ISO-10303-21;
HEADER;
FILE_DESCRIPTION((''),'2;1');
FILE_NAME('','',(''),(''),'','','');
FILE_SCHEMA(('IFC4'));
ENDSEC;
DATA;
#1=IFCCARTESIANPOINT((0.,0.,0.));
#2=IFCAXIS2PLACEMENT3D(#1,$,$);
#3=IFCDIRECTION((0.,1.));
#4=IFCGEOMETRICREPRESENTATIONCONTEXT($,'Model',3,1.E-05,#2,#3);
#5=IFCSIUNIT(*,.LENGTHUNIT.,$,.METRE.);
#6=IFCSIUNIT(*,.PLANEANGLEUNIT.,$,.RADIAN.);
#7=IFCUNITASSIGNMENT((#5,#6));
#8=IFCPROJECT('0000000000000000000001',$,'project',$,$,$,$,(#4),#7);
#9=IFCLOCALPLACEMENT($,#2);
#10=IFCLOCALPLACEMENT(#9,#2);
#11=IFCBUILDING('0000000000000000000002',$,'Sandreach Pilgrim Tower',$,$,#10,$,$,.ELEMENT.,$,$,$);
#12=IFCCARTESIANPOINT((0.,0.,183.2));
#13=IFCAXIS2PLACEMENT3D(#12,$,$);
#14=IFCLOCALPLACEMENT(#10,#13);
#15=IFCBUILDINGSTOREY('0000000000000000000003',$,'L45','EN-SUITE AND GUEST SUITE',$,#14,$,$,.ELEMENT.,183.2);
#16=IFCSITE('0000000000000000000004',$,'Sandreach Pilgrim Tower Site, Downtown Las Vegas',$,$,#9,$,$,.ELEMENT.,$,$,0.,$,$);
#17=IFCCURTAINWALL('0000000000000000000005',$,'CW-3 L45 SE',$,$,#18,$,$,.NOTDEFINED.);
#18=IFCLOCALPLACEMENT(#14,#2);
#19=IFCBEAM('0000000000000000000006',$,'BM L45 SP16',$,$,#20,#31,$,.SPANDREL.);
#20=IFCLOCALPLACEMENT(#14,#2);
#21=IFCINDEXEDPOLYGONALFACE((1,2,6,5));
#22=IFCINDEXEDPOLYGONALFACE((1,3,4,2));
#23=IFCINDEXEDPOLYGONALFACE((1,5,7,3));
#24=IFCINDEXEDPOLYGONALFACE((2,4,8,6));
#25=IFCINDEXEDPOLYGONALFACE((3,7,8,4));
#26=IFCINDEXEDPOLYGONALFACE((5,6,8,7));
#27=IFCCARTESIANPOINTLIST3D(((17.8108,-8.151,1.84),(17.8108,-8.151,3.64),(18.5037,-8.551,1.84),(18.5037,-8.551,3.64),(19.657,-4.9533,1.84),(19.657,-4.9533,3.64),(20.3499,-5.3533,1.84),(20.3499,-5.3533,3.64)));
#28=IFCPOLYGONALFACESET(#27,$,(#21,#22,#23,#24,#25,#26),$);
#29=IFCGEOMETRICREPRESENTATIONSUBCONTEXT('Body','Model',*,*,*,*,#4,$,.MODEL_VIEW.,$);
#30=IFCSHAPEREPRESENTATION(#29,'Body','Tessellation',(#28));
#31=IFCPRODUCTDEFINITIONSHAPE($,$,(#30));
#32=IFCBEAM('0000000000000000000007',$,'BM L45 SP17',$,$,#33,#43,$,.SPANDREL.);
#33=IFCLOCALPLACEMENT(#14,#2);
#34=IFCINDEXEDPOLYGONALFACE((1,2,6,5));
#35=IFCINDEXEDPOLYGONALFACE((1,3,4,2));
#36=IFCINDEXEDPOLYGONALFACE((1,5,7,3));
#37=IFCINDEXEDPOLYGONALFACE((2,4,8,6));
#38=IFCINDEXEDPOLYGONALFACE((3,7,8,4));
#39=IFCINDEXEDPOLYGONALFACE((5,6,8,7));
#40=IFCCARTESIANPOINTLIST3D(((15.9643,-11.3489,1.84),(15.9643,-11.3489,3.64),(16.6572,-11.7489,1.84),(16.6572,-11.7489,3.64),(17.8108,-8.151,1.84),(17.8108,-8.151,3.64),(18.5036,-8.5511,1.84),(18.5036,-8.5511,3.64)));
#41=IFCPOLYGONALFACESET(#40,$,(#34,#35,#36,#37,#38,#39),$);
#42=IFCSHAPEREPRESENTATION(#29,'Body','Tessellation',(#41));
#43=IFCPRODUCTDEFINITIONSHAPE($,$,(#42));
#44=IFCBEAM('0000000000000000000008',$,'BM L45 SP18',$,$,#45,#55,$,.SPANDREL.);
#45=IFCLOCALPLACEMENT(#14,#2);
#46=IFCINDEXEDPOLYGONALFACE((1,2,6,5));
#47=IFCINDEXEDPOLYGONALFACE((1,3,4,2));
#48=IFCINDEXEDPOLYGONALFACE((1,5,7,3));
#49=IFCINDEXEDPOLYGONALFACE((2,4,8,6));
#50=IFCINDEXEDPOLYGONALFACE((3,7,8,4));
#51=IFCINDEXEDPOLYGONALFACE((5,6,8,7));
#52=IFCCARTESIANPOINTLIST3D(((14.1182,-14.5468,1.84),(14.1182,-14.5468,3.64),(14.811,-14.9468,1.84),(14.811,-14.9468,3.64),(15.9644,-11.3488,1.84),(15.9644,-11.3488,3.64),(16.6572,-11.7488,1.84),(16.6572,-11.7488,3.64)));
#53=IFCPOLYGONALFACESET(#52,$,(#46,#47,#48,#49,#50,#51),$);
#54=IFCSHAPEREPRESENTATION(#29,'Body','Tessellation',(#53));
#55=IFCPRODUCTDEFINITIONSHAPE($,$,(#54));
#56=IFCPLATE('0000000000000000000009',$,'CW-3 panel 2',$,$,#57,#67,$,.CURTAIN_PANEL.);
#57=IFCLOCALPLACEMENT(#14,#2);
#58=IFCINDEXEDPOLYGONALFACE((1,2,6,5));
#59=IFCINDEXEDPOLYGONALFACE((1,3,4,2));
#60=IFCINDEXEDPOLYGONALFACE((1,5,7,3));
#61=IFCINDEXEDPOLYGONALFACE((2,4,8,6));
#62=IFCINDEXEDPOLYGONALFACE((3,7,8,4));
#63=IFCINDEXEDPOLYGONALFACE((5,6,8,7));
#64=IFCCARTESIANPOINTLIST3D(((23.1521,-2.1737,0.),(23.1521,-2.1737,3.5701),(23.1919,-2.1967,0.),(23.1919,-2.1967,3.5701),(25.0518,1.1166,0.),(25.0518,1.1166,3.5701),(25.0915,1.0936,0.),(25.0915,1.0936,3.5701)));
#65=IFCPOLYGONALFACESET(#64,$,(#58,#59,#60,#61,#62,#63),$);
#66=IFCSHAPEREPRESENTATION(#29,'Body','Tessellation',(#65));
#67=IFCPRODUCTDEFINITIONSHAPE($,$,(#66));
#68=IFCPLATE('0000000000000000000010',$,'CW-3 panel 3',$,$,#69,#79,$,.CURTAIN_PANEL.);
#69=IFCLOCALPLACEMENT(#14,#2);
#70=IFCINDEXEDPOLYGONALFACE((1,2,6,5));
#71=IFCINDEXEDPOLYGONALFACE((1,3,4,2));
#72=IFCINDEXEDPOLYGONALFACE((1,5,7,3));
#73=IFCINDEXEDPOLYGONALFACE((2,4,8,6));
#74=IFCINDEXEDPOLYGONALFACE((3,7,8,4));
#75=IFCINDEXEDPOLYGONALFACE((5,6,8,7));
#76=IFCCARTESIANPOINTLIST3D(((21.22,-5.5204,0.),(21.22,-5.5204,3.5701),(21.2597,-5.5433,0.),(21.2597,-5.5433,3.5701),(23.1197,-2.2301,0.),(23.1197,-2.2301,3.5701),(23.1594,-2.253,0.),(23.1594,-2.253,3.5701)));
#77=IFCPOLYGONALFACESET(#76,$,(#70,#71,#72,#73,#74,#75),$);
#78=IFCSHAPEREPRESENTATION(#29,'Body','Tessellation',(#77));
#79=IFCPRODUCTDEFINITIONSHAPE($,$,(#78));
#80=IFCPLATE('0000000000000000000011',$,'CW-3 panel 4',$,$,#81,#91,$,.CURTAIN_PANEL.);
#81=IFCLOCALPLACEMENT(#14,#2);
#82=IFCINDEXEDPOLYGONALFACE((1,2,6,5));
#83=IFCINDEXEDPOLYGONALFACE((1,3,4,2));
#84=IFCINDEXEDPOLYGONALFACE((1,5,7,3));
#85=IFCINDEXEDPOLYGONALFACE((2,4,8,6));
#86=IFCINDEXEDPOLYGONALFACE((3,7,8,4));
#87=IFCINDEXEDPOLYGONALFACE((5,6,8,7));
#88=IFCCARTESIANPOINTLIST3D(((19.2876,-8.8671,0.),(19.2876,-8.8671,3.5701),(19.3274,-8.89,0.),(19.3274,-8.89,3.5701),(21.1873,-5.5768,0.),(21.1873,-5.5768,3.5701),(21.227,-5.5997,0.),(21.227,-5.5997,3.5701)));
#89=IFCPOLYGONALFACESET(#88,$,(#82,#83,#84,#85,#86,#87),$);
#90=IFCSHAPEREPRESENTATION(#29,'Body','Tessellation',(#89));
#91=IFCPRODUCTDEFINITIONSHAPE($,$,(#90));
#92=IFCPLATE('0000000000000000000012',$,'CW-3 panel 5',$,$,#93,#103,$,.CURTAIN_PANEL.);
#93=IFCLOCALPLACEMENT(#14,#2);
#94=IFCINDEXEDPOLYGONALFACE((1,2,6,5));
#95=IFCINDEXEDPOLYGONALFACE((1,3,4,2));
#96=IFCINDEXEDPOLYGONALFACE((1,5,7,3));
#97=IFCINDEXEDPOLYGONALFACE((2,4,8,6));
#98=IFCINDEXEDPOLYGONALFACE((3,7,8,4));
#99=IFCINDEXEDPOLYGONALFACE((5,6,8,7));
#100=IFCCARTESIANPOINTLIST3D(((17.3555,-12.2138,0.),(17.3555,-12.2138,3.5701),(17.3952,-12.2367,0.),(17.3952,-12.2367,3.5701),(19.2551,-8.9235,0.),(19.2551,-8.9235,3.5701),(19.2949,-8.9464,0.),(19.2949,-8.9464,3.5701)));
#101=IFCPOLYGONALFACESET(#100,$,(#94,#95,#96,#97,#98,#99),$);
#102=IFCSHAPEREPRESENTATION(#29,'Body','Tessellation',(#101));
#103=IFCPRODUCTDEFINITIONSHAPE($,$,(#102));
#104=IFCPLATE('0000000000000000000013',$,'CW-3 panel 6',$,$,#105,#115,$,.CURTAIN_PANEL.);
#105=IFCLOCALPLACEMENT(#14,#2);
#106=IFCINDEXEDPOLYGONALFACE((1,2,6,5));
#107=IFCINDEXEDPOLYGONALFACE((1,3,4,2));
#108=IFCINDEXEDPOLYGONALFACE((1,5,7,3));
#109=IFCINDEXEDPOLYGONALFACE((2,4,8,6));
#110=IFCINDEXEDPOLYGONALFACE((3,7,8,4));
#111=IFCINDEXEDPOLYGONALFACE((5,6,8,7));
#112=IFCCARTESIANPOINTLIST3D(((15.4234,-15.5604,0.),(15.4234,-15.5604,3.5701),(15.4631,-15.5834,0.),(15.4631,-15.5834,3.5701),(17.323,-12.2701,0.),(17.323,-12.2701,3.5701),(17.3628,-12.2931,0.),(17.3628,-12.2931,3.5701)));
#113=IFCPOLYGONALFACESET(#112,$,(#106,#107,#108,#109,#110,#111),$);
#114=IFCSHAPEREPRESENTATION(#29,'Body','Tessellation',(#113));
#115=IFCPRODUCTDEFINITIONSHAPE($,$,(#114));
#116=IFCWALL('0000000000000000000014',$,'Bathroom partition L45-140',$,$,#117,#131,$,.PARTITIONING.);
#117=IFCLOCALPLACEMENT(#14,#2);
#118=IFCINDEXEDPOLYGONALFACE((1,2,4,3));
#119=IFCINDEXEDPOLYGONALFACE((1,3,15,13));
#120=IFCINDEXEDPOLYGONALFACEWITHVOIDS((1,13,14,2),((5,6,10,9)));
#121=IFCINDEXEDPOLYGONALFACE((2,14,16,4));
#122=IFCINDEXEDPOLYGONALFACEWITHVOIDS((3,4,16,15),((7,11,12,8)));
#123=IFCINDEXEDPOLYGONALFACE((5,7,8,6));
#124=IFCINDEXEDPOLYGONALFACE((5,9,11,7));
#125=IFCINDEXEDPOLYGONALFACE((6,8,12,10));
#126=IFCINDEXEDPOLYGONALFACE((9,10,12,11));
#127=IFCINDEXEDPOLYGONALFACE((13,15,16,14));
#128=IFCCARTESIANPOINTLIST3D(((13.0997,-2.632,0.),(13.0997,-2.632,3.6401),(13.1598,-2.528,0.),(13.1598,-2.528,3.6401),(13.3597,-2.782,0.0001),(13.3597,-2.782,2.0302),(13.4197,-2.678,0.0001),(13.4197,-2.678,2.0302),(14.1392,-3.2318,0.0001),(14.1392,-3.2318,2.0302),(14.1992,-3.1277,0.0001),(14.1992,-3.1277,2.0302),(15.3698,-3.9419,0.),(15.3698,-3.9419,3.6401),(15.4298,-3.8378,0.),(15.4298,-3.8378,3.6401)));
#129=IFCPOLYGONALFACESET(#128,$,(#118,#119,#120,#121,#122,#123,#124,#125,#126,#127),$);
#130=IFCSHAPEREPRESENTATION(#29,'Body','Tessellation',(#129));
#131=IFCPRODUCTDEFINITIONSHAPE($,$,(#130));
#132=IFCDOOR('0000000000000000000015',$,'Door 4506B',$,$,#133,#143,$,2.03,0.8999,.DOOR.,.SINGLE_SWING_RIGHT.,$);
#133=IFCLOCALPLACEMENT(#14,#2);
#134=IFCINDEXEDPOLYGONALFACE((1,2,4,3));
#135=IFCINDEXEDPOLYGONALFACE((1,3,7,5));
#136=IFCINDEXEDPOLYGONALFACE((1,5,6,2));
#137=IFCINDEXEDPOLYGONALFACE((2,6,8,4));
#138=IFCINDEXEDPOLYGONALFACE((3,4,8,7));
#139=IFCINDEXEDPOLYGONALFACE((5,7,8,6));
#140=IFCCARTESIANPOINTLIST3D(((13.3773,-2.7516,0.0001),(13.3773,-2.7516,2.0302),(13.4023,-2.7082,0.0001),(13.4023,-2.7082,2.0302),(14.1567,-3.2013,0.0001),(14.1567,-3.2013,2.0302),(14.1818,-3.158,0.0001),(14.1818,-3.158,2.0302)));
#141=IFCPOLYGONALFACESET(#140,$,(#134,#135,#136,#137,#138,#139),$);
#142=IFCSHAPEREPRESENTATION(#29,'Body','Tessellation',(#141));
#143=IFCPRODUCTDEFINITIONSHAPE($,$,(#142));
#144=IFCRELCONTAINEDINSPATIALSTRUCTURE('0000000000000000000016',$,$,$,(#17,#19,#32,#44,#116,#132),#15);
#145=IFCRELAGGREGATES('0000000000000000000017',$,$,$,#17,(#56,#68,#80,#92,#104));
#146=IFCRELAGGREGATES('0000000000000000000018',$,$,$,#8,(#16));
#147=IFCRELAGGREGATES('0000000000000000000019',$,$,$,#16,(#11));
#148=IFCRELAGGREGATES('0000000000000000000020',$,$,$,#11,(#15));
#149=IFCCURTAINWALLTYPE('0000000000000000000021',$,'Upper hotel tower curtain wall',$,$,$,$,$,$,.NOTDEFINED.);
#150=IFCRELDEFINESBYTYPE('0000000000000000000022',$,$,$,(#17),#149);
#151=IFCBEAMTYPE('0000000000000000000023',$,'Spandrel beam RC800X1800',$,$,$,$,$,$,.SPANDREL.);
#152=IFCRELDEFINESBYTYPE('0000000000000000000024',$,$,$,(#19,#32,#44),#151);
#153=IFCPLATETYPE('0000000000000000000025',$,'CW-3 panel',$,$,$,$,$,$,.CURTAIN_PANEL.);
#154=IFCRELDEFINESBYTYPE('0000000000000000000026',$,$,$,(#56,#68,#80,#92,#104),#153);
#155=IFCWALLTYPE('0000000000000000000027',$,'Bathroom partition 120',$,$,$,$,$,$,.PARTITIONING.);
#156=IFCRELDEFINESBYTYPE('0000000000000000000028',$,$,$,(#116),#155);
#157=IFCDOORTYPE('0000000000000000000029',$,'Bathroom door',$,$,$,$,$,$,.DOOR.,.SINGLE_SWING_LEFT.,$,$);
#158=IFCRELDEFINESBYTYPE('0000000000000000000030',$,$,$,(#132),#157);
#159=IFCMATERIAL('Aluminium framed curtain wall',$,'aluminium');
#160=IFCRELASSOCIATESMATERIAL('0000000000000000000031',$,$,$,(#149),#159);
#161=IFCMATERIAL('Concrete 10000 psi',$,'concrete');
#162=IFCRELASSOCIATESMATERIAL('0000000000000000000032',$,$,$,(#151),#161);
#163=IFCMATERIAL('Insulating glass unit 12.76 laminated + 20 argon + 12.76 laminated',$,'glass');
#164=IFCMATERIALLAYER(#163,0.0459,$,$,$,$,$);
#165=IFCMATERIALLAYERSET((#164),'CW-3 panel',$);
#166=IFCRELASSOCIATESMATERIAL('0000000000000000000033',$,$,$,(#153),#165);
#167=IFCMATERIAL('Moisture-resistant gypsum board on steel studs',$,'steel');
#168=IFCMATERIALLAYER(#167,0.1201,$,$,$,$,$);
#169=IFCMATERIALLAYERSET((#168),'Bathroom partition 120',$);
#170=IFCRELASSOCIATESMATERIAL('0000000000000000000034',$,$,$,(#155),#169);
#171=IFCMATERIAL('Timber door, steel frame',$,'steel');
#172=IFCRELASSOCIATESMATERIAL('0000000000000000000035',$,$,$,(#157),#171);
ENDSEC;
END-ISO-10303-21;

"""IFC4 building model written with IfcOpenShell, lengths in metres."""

from ifc_helpers import new_model, si_unit, direction, frame, frame_2d, origin, origin_2d, place, context, subcontext, project, spatial, rectangle, extrude, material, layer, layer_set, material_profile, profile_set, type_object, element, fill, aggregate, save


model = new_model("IFC4")

# Units and contexts
model_context = context("Model", 3, precision=1e-05, world=origin(), true_north=direction((0.0, 1.0)))
body_context = subcontext(model_context, "Body", "Model", "MODEL_VIEW")
ifc_project = project(units=[si_unit("LENGTHUNIT", "METRE"), si_unit("PLANEANGLEUNIT", "RADIAN")], contexts=[model_context])

# Site, building, storey
site_placement = place(None, origin())
site = spatial("IfcSite", under=ifc_project, at=site_placement, Name="Sandreach Pilgrim Tower Site, Downtown Las Vegas", CompositionType="ELEMENT", RefElevation=0.0)
building_placement = place(site_placement, origin())
building = spatial("IfcBuilding", under=site, at=building_placement, Name="Sandreach Pilgrim Tower", CompositionType="ELEMENT")
storey_placement = place(building_placement, frame((0.0, 0.0, 183.2)))
storey = spatial("IfcBuildingStorey", under=building, at=storey_placement, Name="L45", Description="EN-SUITE AND GUEST SUITE", CompositionType="ELEMENT", Elevation=183.2)

# Curtain wall
ifc_material_1 = material(Name="Aluminium framed curtain wall", Category="aluminium")
curtain_wall_type = type_object("IfcCurtainWallType", Name="Upper hotel tower curtain wall", PredefinedType="NOTDEFINED", material=ifc_material_1)
curtain_wall_placement = place(storey_placement, origin())
curtain_wall = element("IfcCurtainWall", 1, at=curtain_wall_placement, inside=storey, type_object=curtain_wall_type, Name="CW-3 L45 SE", PredefinedType="NOTDEFINED")

# Beams
ifc_material_2 = material(Name="Concrete 10000 psi", Category="concrete")
ifc_material_profile_1 = material_profile(ifc_material_2, rectangle(XDim=0.8, YDim=1.8, at=origin_2d()), Name="RC800X1800")
ifc_profile_set_1 = profile_set([ifc_material_profile_1], Name="Concrete 10000 psi")
beam_type_1 = type_object("IfcBeamType", Name="Spandrel beam RC800X1800", PredefinedType="SPANDREL", material=ifc_profile_set_1)
for number, where, z_axis, x_axis, name in (
    (2, (20.0034, -5.1533, 2.74), (-0.499993, -0.866029, 0.0), (0.866029, -0.499993, 0.0), "BM L45 SP16"),
):
    element("IfcBeam", number, at=place(storey_placement, frame(where, z_axis=z_axis, x_axis=x_axis)), inside=storey, type_object=beam_type_1, Name=name, PredefinedType="SPANDREL", context=body_context, shape_type="SweptSolid", body=[
        extrude(rectangle(XDim=0.8, YDim=1.8, at=origin_2d()), origin(), (0.0, 0.0, 1.0), 3.6924),
    ])
for number, where, z_axis, x_axis, name in (
    (3, (18.1572, -8.3511, 2.74), (-0.500043, -0.866001, 0.0), (0.866001, -0.500043, 0.0), "BM L45 SP17"),
    (4, (16.3108, -11.5488, 2.74), (-0.499965, -0.866046, 0.0), (0.866046, -0.499965, 0.0), "BM L45 SP18"),
):
    element("IfcBeam", number, at=place(storey_placement, frame(where, z_axis=z_axis, x_axis=x_axis)), inside=storey, type_object=beam_type_1, Name=name, PredefinedType="SPANDREL", context=body_context, shape_type="SweptSolid", body=[
        extrude(rectangle(XDim=0.8, YDim=1.8, at=origin_2d()), origin(), (0.0, 0.0, 1.0), 3.6926),
    ])

# Plates
ifc_material_3 = material(Name="Insulating glass unit 12.76 laminated + 20 argon + 12.76 laminated", Category="glass")
ifc_layer_1 = layer(ifc_material_3, 0.0459)
ifc_layer_set_1 = layer_set([ifc_layer_1], Name="CW-3 panel")
plate_type = type_object("IfcPlateType", Name="CW-3 panel", PredefinedType="CURTAIN_PANEL", material=ifc_layer_set_1)
plate_1_placement = place(storey_placement, frame((24.1218, -0.54, 0.0), z_axis=(0.0, 0.0, 1.0), x_axis=(-0.5, -0.866025, 0.0)))
plate_1 = element("IfcPlate", 5, at=plate_1_placement, type_object=plate_type, Name="CW-3 panel 2", PredefinedType="CURTAIN_PANEL", context=body_context, shape_type="SweptSolid", body=[
    extrude(rectangle(XDim=3.7993, YDim=0.0459, at=origin_2d()), origin(), (0.0, 0.0, 1.0), 3.5701),
])
plate_2_placement = place(storey_placement, frame((22.1897, -3.8867, 0.0), z_axis=(0.0, 0.0, 1.0), x_axis=(-0.5, -0.866025, 0.0)))
plate_2 = element("IfcPlate", 6, at=plate_2_placement, type_object=plate_type, Name="CW-3 panel 3", PredefinedType="CURTAIN_PANEL", context=body_context, shape_type="SweptSolid", body=[
    extrude(rectangle(XDim=3.7993, YDim=0.0459, at=origin_2d()), origin(), (0.0, 0.0, 1.0), 3.5701),
])
plate_3_placement = place(storey_placement, frame((20.2573, -7.2334, 0.0), z_axis=(0.0, 0.0, 1.0), x_axis=(-0.5, -0.866025, 0.0)))
plate_3 = element("IfcPlate", 7, at=plate_3_placement, type_object=plate_type, Name="CW-3 panel 4", PredefinedType="CURTAIN_PANEL", context=body_context, shape_type="SweptSolid", body=[
    extrude(rectangle(XDim=3.7993, YDim=0.0459, at=origin_2d()), origin(), (0.0, 0.0, 1.0), 3.5701),
])
plate_4_placement = place(storey_placement, frame((18.3252, -10.5801, 0.0), z_axis=(0.0, 0.0, 1.0), x_axis=(-0.5, -0.866025, 0.0)))
plate_4 = element("IfcPlate", 8, at=plate_4_placement, type_object=plate_type, Name="CW-3 panel 5", PredefinedType="CURTAIN_PANEL", context=body_context, shape_type="SweptSolid", body=[
    extrude(rectangle(XDim=3.7993, YDim=0.0459, at=origin_2d()), origin(), (0.0, 0.0, 1.0), 3.5701),
])
plate_5_placement = place(storey_placement, frame((16.3931, -13.9268, 0.0), z_axis=(0.0, 0.0, 1.0), x_axis=(-0.5, -0.866025, 0.0)))
plate_5 = element("IfcPlate", 9, at=plate_5_placement, type_object=plate_type, Name="CW-3 panel 6", PredefinedType="CURTAIN_PANEL", context=body_context, shape_type="SweptSolid", body=[
    extrude(rectangle(XDim=3.7993, YDim=0.0459, at=origin_2d()), origin(), (0.0, 0.0, 1.0), 3.5701),
])
aggregate(curtain_wall, [plate_1, plate_2, plate_3, plate_4, plate_5])

# Wall, opening, door
ifc_material_4 = material(Name="Moisture-resistant gypsum board on steel studs", Category="steel")
ifc_layer_2 = layer(ifc_material_4, 0.1201)
ifc_layer_set_2 = layer_set([ifc_layer_2], Name="Bathroom partition 120")
wall_type = type_object("IfcWallType", Name="Bathroom partition 120", PredefinedType="PARTITIONING", material=ifc_layer_set_2)
wall_placement = place(storey_placement, frame((15.3999, -3.8899, 0.0), z_axis=(0.0, 0.0, 1.0), x_axis=(-0.866155, 0.499776, 0.0)))
wall = element("IfcWall", 10, at=wall_placement, inside=storey, type_object=wall_type, Name="Bathroom partition L45-140", PredefinedType="PARTITIONING", context=body_context, shape_type="SweptSolid", body=[
    extrude(rectangle(XDim=2.6208, YDim=0.1201, at=frame_2d((1.3105, 0.0))), origin(), (0.0, 0.0, 1.0), 3.6401),
])
opening_placement = place(wall_placement, frame((1.4209, 0.0, 0.0)))
opening = element("IfcOpeningElement", 11, at=opening_placement, cuts=wall, PredefinedType="OPENING", context=body_context, shape_type="SweptSolid", body=[
    extrude(rectangle(XDim=0.8999, YDim=2.03, at=frame_2d((0.45, 1.0151))), frame((0.0, 0.0601, 0.0), z_axis=(0.0, -1.0, 0.0), x_axis=(1.0, 0.0, 0.0)), (0.0, 0.0, 1.0), 0.1201),
])
ifc_material_5 = material(Name="Timber door, steel frame", Category="steel")
door_type = type_object("IfcDoorType", Name="Bathroom door", OperationType="SINGLE_SWING_LEFT", PredefinedType="DOOR", material=ifc_material_5)
door_placement = place(opening_placement, origin())
door = element("IfcDoor", 12, at=door_placement, inside=storey, type_object=door_type, Name="Door 4506B", OperationType="SINGLE_SWING_RIGHT", OverallHeight=2.03, OverallWidth=0.8999, PredefinedType="DOOR", context=body_context, shape_type="SweptSolid", body=[
    extrude(rectangle(XDim=0.8999, YDim=2.03, at=frame_2d((0.45, 1.0151))), frame((0.0, 0.0249, 0.0), z_axis=(0.0, -1.0, 0.0), x_axis=(1.0, 0.0, 0.0)), (0.0, 0.0, 1.0), 0.05),
])
fill(opening, door)

save(model, "model.ifc")
